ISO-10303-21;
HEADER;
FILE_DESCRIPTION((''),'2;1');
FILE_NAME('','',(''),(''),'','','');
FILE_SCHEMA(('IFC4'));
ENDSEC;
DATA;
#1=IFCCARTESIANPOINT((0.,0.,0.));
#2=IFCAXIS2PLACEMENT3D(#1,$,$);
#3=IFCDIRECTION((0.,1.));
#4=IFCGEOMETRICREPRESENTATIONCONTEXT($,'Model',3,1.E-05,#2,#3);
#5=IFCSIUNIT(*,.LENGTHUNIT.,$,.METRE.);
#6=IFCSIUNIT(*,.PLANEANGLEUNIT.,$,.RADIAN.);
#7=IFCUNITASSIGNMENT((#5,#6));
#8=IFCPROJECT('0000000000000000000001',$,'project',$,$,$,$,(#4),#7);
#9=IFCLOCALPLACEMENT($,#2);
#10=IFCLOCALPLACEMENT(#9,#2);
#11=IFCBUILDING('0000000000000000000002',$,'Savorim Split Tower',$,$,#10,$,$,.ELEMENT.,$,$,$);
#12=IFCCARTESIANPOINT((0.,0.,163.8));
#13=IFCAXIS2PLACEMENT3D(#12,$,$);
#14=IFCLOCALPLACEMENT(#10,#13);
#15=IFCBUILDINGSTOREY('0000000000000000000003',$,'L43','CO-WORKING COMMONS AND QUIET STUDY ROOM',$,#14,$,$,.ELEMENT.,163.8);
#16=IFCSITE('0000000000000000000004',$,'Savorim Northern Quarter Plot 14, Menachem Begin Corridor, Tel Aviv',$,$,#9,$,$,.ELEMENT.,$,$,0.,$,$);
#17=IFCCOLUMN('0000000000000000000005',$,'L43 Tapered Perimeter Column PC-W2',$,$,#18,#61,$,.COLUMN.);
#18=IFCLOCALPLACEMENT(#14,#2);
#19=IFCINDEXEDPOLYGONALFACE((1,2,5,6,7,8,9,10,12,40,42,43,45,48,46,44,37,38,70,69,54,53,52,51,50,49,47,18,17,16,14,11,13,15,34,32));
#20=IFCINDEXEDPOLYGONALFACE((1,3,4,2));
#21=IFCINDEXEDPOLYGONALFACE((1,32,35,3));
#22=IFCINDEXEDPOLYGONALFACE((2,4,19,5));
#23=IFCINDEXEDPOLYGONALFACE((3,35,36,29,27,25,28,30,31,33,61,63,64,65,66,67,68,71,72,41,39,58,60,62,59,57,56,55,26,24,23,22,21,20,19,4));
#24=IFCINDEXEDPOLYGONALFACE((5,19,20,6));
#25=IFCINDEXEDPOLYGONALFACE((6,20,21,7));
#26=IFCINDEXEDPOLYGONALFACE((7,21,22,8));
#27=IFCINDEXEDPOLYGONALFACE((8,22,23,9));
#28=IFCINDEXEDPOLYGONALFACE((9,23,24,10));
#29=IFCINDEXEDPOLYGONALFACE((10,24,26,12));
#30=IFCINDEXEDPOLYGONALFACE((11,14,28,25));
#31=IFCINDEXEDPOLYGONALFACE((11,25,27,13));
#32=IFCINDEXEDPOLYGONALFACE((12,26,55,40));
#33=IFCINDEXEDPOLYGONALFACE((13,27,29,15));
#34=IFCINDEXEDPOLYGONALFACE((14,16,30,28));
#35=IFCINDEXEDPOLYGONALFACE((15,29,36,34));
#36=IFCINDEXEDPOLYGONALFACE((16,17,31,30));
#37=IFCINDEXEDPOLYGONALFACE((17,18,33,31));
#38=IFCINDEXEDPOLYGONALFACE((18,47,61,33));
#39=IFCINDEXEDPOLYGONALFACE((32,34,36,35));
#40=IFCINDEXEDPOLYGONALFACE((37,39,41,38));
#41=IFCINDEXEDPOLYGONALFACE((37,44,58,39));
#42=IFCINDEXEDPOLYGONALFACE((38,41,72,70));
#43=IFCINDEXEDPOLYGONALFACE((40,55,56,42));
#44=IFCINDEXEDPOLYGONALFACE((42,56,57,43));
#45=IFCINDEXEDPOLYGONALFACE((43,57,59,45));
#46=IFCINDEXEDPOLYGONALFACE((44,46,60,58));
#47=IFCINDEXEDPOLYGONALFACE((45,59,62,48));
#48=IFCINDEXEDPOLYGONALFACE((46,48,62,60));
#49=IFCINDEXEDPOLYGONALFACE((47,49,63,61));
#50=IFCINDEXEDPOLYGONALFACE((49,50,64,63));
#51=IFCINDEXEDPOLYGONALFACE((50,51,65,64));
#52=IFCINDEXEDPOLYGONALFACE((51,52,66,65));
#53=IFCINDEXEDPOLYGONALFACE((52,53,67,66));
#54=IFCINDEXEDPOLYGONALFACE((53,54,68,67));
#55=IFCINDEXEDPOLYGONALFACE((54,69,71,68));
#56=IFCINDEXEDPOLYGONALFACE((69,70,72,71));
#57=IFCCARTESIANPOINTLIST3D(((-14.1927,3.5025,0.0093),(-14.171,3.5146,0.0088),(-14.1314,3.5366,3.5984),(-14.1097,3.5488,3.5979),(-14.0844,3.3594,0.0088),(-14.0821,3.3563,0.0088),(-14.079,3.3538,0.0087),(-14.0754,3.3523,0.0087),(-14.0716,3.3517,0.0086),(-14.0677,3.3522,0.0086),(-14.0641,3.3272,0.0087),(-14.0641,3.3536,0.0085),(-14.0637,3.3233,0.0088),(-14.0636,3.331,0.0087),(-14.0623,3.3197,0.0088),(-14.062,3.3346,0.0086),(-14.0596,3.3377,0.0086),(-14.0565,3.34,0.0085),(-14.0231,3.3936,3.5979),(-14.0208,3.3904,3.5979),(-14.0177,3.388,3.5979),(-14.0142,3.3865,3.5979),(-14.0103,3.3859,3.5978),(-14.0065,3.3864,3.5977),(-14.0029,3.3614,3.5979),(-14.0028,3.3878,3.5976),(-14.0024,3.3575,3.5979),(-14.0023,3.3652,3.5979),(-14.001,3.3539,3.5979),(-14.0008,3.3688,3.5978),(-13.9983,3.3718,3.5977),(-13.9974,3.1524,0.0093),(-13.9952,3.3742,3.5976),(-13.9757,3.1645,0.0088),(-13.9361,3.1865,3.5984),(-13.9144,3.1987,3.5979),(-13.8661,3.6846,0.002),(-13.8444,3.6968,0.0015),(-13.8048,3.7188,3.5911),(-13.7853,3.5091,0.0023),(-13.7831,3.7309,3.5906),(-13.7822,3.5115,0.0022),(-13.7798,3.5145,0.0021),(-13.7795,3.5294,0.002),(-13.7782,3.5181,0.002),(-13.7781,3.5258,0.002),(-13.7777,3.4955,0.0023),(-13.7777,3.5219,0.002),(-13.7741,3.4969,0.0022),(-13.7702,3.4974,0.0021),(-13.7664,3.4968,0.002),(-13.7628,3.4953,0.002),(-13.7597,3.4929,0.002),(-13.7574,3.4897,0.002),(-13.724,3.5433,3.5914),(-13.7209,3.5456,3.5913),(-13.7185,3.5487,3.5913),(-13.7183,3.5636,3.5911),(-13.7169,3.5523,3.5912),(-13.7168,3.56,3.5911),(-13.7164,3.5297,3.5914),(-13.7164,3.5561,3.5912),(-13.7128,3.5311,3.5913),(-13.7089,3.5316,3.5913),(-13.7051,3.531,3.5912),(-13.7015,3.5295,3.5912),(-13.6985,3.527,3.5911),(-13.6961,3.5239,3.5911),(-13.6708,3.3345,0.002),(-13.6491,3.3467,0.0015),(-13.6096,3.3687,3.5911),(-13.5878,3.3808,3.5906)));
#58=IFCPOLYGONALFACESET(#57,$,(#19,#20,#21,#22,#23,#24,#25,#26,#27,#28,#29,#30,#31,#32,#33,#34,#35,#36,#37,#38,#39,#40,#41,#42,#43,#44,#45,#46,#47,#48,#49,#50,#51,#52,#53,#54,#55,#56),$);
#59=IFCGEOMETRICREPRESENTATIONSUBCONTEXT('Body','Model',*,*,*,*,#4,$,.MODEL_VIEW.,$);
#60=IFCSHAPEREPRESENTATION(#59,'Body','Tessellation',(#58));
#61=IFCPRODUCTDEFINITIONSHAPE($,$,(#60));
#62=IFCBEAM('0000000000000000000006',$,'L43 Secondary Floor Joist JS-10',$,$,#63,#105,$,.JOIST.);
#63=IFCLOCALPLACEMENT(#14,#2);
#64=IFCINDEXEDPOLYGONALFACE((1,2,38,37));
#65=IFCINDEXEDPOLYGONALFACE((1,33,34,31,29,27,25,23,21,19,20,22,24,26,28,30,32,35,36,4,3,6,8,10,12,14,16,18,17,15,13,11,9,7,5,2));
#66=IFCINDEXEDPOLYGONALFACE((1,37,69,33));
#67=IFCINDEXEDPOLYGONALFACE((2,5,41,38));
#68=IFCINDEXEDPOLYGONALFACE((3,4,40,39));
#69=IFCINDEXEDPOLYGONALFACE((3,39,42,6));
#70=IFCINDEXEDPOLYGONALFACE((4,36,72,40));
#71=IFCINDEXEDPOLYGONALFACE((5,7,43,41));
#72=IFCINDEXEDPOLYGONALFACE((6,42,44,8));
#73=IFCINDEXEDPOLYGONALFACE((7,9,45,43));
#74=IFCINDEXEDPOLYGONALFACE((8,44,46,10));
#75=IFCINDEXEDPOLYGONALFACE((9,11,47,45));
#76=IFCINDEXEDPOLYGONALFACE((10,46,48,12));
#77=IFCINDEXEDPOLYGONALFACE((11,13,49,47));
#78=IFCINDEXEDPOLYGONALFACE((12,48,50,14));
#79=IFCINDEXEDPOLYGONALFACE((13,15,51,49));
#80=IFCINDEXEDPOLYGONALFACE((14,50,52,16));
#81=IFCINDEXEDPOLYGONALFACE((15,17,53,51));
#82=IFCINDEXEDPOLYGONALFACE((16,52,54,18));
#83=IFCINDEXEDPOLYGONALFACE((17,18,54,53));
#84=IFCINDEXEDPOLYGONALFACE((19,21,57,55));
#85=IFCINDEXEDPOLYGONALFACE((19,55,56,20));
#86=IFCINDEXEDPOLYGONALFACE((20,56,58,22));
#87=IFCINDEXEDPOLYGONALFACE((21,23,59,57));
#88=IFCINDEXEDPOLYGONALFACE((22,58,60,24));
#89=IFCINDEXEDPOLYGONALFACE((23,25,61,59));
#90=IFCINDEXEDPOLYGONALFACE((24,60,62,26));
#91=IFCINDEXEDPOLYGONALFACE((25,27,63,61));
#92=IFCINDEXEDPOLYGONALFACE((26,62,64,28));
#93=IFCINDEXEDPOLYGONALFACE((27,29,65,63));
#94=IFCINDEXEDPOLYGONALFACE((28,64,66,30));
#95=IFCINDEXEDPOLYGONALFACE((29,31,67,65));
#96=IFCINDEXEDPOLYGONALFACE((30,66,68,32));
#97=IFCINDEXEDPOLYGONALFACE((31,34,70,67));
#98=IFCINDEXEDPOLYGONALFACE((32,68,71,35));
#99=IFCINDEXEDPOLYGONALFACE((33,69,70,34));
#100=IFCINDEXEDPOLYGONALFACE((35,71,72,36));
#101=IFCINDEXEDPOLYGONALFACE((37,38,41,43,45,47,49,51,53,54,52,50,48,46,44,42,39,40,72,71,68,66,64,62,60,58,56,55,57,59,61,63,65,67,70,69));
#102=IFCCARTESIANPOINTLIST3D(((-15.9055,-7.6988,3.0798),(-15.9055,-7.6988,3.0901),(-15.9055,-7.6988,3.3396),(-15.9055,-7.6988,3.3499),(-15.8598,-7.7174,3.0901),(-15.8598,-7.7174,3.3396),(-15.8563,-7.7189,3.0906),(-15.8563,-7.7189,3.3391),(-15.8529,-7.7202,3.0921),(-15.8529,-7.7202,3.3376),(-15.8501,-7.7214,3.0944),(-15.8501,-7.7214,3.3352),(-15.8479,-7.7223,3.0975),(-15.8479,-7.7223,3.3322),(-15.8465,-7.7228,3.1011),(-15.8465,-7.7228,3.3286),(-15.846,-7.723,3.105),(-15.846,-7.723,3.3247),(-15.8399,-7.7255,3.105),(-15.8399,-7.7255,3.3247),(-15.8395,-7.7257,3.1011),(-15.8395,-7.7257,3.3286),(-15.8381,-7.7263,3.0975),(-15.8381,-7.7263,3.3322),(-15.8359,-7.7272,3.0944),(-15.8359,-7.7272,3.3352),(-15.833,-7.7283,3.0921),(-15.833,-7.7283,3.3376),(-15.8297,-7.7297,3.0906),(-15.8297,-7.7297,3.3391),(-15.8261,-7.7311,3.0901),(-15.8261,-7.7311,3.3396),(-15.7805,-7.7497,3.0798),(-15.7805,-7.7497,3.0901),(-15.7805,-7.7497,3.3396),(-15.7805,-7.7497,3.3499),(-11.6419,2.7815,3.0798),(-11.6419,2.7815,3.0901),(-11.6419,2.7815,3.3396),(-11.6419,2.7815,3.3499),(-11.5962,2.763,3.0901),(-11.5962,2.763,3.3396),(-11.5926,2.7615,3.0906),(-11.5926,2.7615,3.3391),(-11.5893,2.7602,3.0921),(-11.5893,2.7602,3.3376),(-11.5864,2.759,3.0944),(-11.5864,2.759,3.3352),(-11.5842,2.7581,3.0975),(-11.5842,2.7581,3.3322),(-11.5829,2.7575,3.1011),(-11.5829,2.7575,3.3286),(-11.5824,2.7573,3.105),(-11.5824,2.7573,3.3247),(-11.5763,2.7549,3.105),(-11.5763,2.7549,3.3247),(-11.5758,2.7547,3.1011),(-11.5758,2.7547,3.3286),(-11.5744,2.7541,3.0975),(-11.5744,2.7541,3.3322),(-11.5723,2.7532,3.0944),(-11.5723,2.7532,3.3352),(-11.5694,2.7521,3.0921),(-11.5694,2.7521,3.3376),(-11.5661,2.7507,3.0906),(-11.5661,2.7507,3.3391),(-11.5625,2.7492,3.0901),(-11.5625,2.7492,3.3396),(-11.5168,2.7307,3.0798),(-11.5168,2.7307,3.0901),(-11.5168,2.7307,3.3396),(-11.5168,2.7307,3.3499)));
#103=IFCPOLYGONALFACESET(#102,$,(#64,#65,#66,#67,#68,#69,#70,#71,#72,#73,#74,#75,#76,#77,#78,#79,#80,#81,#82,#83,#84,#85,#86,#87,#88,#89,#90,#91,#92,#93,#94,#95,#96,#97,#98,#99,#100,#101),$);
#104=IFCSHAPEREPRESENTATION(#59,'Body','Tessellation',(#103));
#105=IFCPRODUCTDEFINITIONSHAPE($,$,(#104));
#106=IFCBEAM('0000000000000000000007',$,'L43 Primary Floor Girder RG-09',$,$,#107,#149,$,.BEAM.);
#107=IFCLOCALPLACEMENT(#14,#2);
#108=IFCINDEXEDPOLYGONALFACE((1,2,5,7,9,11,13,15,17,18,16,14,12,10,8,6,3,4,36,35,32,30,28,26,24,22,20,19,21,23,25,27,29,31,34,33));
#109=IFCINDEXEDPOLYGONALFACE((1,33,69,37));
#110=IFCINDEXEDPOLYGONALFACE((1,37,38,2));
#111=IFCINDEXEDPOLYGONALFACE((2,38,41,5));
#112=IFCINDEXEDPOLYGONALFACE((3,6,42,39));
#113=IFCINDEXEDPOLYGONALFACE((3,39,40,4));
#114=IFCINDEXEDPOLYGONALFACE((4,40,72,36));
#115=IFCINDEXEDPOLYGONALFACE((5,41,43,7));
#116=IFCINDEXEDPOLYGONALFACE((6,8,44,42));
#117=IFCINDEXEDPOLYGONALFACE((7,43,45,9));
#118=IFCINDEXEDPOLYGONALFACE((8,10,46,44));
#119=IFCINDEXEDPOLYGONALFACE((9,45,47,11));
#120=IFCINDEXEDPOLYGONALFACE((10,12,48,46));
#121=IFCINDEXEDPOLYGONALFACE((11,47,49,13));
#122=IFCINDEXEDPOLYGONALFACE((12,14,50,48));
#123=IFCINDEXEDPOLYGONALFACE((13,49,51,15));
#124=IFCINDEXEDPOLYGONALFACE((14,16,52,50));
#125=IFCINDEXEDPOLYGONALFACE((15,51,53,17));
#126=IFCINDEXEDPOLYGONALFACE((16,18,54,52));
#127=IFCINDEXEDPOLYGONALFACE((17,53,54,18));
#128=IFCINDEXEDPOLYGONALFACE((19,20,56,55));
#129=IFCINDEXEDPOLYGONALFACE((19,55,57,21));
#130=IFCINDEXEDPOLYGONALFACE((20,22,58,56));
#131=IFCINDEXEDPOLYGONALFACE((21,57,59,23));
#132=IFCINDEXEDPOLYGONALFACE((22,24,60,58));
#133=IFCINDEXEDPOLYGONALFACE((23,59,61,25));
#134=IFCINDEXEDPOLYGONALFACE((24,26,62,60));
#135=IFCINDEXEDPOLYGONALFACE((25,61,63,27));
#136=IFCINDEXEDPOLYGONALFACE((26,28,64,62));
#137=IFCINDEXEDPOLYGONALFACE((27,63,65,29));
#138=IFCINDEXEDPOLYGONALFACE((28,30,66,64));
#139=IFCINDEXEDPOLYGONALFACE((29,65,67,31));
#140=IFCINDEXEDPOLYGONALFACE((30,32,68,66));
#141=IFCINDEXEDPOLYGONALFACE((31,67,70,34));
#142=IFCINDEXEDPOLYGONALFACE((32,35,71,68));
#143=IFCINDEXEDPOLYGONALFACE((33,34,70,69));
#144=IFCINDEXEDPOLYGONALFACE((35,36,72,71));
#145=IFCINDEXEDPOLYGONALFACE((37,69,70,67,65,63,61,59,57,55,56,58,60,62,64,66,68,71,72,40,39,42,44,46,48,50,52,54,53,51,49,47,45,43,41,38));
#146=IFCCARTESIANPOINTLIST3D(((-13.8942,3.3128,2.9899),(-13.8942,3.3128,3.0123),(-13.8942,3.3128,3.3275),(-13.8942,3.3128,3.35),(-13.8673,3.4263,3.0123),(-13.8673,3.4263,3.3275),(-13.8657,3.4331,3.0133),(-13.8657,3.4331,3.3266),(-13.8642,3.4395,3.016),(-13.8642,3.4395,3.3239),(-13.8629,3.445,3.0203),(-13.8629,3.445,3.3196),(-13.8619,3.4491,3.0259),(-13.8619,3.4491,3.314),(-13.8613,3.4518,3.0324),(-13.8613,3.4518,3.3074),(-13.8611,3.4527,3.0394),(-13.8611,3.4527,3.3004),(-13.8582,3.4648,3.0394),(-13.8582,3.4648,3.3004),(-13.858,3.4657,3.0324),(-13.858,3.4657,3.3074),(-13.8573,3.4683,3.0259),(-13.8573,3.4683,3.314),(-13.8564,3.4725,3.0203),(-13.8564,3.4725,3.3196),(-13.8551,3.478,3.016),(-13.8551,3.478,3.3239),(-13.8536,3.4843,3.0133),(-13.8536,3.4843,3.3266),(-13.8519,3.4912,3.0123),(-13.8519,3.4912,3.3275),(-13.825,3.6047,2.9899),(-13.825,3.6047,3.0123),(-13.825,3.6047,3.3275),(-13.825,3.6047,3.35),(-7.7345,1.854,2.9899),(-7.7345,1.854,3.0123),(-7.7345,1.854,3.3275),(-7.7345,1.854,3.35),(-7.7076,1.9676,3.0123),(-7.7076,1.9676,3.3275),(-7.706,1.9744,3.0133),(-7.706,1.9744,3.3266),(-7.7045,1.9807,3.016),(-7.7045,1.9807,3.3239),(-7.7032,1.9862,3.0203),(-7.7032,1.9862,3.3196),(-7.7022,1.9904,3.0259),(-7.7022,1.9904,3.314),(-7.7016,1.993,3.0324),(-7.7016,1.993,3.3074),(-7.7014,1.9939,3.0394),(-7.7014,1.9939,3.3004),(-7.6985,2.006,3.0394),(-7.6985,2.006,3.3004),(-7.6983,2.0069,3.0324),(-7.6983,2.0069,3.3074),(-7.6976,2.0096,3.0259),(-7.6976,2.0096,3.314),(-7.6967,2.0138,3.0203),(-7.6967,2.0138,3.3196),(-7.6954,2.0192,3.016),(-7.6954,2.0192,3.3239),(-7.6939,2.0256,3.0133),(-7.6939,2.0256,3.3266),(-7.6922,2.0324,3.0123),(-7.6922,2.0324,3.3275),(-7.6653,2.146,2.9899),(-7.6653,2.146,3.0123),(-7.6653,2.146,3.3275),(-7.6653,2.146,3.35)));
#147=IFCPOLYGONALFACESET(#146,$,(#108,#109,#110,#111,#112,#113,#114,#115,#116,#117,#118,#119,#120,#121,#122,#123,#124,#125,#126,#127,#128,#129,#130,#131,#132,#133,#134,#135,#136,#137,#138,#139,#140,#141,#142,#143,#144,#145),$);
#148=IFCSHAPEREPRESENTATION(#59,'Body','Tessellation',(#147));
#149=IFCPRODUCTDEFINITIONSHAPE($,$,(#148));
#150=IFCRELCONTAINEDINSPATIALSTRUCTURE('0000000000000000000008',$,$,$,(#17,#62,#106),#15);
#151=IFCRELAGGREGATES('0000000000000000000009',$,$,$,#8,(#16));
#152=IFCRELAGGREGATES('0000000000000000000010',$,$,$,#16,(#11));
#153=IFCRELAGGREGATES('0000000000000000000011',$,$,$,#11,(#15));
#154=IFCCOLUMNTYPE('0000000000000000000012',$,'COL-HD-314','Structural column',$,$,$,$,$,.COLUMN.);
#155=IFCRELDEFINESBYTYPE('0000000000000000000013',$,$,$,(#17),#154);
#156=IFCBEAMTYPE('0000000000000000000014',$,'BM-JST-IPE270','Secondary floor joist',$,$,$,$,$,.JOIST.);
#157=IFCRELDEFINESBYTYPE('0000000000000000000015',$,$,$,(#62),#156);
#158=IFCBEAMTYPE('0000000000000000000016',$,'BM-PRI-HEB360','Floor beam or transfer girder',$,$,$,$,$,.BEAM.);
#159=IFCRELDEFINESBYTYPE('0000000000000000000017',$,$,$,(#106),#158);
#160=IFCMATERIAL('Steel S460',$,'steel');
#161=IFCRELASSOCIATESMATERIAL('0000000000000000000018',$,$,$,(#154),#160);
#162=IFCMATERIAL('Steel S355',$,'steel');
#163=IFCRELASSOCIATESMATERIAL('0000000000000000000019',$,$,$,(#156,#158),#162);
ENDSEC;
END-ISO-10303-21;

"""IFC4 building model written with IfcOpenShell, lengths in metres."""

from ifc_helpers import new_model, si_unit, direction, frame, origin, origin_2d, place, context, subcontext, project, spatial, i_section, extrude, material, material_profile, profile_set, type_object, element, save


model = new_model("IFC4")

# Units and contexts
model_context = context("Model", 3, precision=1e-05, world=origin(), true_north=direction((0.0, 1.0)))
body_context = subcontext(model_context, "Body", "Model", "MODEL_VIEW")
ifc_project = project(units=[si_unit("LENGTHUNIT", "METRE"), si_unit("PLANEANGLEUNIT", "RADIAN")], contexts=[model_context])

# Site, building, storey
site_placement = place(None, origin())
site = spatial("IfcSite", under=ifc_project, at=site_placement, Name="Savorim Northern Quarter Plot 14, Menachem Begin Corridor, Tel Aviv", CompositionType="ELEMENT", RefElevation=0.0)
building_placement = place(site_placement, origin())
building = spatial("IfcBuilding", under=site, at=building_placement, Name="Savorim Split Tower", CompositionType="ELEMENT")
storey_placement = place(building_placement, frame((0.0, 0.0, 163.8)))
storey = spatial("IfcBuildingStorey", under=building, at=storey_placement, Name="L43", Description="CO-WORKING COMMONS AND QUIET STUDY ROOM", CompositionType="ELEMENT", Elevation=163.8)

# Column
ifc_material_1 = material(Name="Steel S460", Category="steel")
ifc_material_profile_1 = material_profile(ifc_material_1, i_section(OverallWidth=0.4009, OverallDepth=0.3989, WebThickness=0.0156, FlangeThickness=0.0249, FilletRadius=0.0149, at=origin_2d()), Name="HD 400x314")
ifc_profile_set_1 = profile_set([ifc_material_profile_1], Name="Steel S460")
column_type = type_object("IfcColumnType", Name="COL-HD-314", Description="Structural column", PredefinedType="COLUMN", material=ifc_profile_set_1)
column_placement = place(storey_placement, frame((-13.9209, 3.4246, 0.0054), z_axis=(0.01707, 0.009521, 0.999809), x_axis=(-0.487119, 0.873335, 0.0)))
element("IfcColumn", 1, at=column_placement, inside=storey, type_object=column_type, Name="L43 Tapered Perimeter Column PC-W2", PredefinedType="COLUMN", context=body_context, shape_type="SweptSolid", body=[
    extrude(i_section(OverallWidth=0.4009, OverallDepth=0.3989, WebThickness=0.0156, FlangeThickness=0.0249, FilletRadius=0.0149, at=origin_2d()), origin(), (0.0, 0.0, 1.0), 3.5898),
])

# Beams
ifc_material_2 = material(Name="Steel S355", Category="steel")
ifc_material_profile_2 = material_profile(ifc_material_2, i_section(OverallWidth=0.135, OverallDepth=0.27, WebThickness=0.0066, FlangeThickness=0.0103, FilletRadius=0.0149, at=origin_2d()), Name="IPE 270")
ifc_profile_set_2 = profile_set([ifc_material_profile_2], Name="Steel S355")
beam_type_1 = type_object("IfcBeamType", Name="BM-JST-IPE270", Description="Secondary floor joist", PredefinedType="JOIST", material=ifc_profile_set_2)
beam_1_placement = place(storey_placement, frame((-11.5793, 2.7561, 3.2148), z_axis=(-0.376831, -0.926282, 0.0), x_axis=(0.926282, -0.376831, 0.0)))
element("IfcBeam", 2, at=beam_1_placement, inside=storey, type_object=beam_type_1, Name="L43 Secondary Floor Joist JS-10", PredefinedType="JOIST", context=body_context, shape_type="SweptSolid", body=[
    extrude(i_section(OverallWidth=0.135, OverallDepth=0.27, WebThickness=0.0066, FlangeThickness=0.0103, FilletRadius=0.0149, at=origin_2d()), origin(), (0.0, 0.0, 1.0), 11.3145),
])
ifc_material_profile_3 = material_profile(ifc_material_2, i_section(OverallWidth=0.3, OverallDepth=0.3601, WebThickness=0.0125, FlangeThickness=0.0225, FilletRadius=0.0271, at=origin_2d()), Name="HEB 360")
ifc_profile_set_3 = profile_set([ifc_material_profile_3], Name="Steel S355")
beam_type_2 = type_object("IfcBeamType", Name="BM-PRI-HEB360", Description="Floor beam or transfer girder", PredefinedType="BEAM", material=ifc_profile_set_3)
beam_2_placement = place(storey_placement, frame((-13.8596, 3.4587, 3.1699), z_axis=(0.973085, -0.230447, 0.0), x_axis=(0.230447, 0.973085, 0.0)))
element("IfcBeam", 3, at=beam_2_placement, inside=storey, type_object=beam_type_2, Name="L43 Primary Floor Girder RG-09", PredefinedType="BEAM", context=body_context, shape_type="SweptSolid", body=[
    extrude(i_section(OverallWidth=0.3, OverallDepth=0.3601, WebThickness=0.0125, FlangeThickness=0.0225, FilletRadius=0.0271, at=origin_2d()), origin(), (0.0, 0.0, 1.0), 6.3301),
])

save(model, "model.ifc")
